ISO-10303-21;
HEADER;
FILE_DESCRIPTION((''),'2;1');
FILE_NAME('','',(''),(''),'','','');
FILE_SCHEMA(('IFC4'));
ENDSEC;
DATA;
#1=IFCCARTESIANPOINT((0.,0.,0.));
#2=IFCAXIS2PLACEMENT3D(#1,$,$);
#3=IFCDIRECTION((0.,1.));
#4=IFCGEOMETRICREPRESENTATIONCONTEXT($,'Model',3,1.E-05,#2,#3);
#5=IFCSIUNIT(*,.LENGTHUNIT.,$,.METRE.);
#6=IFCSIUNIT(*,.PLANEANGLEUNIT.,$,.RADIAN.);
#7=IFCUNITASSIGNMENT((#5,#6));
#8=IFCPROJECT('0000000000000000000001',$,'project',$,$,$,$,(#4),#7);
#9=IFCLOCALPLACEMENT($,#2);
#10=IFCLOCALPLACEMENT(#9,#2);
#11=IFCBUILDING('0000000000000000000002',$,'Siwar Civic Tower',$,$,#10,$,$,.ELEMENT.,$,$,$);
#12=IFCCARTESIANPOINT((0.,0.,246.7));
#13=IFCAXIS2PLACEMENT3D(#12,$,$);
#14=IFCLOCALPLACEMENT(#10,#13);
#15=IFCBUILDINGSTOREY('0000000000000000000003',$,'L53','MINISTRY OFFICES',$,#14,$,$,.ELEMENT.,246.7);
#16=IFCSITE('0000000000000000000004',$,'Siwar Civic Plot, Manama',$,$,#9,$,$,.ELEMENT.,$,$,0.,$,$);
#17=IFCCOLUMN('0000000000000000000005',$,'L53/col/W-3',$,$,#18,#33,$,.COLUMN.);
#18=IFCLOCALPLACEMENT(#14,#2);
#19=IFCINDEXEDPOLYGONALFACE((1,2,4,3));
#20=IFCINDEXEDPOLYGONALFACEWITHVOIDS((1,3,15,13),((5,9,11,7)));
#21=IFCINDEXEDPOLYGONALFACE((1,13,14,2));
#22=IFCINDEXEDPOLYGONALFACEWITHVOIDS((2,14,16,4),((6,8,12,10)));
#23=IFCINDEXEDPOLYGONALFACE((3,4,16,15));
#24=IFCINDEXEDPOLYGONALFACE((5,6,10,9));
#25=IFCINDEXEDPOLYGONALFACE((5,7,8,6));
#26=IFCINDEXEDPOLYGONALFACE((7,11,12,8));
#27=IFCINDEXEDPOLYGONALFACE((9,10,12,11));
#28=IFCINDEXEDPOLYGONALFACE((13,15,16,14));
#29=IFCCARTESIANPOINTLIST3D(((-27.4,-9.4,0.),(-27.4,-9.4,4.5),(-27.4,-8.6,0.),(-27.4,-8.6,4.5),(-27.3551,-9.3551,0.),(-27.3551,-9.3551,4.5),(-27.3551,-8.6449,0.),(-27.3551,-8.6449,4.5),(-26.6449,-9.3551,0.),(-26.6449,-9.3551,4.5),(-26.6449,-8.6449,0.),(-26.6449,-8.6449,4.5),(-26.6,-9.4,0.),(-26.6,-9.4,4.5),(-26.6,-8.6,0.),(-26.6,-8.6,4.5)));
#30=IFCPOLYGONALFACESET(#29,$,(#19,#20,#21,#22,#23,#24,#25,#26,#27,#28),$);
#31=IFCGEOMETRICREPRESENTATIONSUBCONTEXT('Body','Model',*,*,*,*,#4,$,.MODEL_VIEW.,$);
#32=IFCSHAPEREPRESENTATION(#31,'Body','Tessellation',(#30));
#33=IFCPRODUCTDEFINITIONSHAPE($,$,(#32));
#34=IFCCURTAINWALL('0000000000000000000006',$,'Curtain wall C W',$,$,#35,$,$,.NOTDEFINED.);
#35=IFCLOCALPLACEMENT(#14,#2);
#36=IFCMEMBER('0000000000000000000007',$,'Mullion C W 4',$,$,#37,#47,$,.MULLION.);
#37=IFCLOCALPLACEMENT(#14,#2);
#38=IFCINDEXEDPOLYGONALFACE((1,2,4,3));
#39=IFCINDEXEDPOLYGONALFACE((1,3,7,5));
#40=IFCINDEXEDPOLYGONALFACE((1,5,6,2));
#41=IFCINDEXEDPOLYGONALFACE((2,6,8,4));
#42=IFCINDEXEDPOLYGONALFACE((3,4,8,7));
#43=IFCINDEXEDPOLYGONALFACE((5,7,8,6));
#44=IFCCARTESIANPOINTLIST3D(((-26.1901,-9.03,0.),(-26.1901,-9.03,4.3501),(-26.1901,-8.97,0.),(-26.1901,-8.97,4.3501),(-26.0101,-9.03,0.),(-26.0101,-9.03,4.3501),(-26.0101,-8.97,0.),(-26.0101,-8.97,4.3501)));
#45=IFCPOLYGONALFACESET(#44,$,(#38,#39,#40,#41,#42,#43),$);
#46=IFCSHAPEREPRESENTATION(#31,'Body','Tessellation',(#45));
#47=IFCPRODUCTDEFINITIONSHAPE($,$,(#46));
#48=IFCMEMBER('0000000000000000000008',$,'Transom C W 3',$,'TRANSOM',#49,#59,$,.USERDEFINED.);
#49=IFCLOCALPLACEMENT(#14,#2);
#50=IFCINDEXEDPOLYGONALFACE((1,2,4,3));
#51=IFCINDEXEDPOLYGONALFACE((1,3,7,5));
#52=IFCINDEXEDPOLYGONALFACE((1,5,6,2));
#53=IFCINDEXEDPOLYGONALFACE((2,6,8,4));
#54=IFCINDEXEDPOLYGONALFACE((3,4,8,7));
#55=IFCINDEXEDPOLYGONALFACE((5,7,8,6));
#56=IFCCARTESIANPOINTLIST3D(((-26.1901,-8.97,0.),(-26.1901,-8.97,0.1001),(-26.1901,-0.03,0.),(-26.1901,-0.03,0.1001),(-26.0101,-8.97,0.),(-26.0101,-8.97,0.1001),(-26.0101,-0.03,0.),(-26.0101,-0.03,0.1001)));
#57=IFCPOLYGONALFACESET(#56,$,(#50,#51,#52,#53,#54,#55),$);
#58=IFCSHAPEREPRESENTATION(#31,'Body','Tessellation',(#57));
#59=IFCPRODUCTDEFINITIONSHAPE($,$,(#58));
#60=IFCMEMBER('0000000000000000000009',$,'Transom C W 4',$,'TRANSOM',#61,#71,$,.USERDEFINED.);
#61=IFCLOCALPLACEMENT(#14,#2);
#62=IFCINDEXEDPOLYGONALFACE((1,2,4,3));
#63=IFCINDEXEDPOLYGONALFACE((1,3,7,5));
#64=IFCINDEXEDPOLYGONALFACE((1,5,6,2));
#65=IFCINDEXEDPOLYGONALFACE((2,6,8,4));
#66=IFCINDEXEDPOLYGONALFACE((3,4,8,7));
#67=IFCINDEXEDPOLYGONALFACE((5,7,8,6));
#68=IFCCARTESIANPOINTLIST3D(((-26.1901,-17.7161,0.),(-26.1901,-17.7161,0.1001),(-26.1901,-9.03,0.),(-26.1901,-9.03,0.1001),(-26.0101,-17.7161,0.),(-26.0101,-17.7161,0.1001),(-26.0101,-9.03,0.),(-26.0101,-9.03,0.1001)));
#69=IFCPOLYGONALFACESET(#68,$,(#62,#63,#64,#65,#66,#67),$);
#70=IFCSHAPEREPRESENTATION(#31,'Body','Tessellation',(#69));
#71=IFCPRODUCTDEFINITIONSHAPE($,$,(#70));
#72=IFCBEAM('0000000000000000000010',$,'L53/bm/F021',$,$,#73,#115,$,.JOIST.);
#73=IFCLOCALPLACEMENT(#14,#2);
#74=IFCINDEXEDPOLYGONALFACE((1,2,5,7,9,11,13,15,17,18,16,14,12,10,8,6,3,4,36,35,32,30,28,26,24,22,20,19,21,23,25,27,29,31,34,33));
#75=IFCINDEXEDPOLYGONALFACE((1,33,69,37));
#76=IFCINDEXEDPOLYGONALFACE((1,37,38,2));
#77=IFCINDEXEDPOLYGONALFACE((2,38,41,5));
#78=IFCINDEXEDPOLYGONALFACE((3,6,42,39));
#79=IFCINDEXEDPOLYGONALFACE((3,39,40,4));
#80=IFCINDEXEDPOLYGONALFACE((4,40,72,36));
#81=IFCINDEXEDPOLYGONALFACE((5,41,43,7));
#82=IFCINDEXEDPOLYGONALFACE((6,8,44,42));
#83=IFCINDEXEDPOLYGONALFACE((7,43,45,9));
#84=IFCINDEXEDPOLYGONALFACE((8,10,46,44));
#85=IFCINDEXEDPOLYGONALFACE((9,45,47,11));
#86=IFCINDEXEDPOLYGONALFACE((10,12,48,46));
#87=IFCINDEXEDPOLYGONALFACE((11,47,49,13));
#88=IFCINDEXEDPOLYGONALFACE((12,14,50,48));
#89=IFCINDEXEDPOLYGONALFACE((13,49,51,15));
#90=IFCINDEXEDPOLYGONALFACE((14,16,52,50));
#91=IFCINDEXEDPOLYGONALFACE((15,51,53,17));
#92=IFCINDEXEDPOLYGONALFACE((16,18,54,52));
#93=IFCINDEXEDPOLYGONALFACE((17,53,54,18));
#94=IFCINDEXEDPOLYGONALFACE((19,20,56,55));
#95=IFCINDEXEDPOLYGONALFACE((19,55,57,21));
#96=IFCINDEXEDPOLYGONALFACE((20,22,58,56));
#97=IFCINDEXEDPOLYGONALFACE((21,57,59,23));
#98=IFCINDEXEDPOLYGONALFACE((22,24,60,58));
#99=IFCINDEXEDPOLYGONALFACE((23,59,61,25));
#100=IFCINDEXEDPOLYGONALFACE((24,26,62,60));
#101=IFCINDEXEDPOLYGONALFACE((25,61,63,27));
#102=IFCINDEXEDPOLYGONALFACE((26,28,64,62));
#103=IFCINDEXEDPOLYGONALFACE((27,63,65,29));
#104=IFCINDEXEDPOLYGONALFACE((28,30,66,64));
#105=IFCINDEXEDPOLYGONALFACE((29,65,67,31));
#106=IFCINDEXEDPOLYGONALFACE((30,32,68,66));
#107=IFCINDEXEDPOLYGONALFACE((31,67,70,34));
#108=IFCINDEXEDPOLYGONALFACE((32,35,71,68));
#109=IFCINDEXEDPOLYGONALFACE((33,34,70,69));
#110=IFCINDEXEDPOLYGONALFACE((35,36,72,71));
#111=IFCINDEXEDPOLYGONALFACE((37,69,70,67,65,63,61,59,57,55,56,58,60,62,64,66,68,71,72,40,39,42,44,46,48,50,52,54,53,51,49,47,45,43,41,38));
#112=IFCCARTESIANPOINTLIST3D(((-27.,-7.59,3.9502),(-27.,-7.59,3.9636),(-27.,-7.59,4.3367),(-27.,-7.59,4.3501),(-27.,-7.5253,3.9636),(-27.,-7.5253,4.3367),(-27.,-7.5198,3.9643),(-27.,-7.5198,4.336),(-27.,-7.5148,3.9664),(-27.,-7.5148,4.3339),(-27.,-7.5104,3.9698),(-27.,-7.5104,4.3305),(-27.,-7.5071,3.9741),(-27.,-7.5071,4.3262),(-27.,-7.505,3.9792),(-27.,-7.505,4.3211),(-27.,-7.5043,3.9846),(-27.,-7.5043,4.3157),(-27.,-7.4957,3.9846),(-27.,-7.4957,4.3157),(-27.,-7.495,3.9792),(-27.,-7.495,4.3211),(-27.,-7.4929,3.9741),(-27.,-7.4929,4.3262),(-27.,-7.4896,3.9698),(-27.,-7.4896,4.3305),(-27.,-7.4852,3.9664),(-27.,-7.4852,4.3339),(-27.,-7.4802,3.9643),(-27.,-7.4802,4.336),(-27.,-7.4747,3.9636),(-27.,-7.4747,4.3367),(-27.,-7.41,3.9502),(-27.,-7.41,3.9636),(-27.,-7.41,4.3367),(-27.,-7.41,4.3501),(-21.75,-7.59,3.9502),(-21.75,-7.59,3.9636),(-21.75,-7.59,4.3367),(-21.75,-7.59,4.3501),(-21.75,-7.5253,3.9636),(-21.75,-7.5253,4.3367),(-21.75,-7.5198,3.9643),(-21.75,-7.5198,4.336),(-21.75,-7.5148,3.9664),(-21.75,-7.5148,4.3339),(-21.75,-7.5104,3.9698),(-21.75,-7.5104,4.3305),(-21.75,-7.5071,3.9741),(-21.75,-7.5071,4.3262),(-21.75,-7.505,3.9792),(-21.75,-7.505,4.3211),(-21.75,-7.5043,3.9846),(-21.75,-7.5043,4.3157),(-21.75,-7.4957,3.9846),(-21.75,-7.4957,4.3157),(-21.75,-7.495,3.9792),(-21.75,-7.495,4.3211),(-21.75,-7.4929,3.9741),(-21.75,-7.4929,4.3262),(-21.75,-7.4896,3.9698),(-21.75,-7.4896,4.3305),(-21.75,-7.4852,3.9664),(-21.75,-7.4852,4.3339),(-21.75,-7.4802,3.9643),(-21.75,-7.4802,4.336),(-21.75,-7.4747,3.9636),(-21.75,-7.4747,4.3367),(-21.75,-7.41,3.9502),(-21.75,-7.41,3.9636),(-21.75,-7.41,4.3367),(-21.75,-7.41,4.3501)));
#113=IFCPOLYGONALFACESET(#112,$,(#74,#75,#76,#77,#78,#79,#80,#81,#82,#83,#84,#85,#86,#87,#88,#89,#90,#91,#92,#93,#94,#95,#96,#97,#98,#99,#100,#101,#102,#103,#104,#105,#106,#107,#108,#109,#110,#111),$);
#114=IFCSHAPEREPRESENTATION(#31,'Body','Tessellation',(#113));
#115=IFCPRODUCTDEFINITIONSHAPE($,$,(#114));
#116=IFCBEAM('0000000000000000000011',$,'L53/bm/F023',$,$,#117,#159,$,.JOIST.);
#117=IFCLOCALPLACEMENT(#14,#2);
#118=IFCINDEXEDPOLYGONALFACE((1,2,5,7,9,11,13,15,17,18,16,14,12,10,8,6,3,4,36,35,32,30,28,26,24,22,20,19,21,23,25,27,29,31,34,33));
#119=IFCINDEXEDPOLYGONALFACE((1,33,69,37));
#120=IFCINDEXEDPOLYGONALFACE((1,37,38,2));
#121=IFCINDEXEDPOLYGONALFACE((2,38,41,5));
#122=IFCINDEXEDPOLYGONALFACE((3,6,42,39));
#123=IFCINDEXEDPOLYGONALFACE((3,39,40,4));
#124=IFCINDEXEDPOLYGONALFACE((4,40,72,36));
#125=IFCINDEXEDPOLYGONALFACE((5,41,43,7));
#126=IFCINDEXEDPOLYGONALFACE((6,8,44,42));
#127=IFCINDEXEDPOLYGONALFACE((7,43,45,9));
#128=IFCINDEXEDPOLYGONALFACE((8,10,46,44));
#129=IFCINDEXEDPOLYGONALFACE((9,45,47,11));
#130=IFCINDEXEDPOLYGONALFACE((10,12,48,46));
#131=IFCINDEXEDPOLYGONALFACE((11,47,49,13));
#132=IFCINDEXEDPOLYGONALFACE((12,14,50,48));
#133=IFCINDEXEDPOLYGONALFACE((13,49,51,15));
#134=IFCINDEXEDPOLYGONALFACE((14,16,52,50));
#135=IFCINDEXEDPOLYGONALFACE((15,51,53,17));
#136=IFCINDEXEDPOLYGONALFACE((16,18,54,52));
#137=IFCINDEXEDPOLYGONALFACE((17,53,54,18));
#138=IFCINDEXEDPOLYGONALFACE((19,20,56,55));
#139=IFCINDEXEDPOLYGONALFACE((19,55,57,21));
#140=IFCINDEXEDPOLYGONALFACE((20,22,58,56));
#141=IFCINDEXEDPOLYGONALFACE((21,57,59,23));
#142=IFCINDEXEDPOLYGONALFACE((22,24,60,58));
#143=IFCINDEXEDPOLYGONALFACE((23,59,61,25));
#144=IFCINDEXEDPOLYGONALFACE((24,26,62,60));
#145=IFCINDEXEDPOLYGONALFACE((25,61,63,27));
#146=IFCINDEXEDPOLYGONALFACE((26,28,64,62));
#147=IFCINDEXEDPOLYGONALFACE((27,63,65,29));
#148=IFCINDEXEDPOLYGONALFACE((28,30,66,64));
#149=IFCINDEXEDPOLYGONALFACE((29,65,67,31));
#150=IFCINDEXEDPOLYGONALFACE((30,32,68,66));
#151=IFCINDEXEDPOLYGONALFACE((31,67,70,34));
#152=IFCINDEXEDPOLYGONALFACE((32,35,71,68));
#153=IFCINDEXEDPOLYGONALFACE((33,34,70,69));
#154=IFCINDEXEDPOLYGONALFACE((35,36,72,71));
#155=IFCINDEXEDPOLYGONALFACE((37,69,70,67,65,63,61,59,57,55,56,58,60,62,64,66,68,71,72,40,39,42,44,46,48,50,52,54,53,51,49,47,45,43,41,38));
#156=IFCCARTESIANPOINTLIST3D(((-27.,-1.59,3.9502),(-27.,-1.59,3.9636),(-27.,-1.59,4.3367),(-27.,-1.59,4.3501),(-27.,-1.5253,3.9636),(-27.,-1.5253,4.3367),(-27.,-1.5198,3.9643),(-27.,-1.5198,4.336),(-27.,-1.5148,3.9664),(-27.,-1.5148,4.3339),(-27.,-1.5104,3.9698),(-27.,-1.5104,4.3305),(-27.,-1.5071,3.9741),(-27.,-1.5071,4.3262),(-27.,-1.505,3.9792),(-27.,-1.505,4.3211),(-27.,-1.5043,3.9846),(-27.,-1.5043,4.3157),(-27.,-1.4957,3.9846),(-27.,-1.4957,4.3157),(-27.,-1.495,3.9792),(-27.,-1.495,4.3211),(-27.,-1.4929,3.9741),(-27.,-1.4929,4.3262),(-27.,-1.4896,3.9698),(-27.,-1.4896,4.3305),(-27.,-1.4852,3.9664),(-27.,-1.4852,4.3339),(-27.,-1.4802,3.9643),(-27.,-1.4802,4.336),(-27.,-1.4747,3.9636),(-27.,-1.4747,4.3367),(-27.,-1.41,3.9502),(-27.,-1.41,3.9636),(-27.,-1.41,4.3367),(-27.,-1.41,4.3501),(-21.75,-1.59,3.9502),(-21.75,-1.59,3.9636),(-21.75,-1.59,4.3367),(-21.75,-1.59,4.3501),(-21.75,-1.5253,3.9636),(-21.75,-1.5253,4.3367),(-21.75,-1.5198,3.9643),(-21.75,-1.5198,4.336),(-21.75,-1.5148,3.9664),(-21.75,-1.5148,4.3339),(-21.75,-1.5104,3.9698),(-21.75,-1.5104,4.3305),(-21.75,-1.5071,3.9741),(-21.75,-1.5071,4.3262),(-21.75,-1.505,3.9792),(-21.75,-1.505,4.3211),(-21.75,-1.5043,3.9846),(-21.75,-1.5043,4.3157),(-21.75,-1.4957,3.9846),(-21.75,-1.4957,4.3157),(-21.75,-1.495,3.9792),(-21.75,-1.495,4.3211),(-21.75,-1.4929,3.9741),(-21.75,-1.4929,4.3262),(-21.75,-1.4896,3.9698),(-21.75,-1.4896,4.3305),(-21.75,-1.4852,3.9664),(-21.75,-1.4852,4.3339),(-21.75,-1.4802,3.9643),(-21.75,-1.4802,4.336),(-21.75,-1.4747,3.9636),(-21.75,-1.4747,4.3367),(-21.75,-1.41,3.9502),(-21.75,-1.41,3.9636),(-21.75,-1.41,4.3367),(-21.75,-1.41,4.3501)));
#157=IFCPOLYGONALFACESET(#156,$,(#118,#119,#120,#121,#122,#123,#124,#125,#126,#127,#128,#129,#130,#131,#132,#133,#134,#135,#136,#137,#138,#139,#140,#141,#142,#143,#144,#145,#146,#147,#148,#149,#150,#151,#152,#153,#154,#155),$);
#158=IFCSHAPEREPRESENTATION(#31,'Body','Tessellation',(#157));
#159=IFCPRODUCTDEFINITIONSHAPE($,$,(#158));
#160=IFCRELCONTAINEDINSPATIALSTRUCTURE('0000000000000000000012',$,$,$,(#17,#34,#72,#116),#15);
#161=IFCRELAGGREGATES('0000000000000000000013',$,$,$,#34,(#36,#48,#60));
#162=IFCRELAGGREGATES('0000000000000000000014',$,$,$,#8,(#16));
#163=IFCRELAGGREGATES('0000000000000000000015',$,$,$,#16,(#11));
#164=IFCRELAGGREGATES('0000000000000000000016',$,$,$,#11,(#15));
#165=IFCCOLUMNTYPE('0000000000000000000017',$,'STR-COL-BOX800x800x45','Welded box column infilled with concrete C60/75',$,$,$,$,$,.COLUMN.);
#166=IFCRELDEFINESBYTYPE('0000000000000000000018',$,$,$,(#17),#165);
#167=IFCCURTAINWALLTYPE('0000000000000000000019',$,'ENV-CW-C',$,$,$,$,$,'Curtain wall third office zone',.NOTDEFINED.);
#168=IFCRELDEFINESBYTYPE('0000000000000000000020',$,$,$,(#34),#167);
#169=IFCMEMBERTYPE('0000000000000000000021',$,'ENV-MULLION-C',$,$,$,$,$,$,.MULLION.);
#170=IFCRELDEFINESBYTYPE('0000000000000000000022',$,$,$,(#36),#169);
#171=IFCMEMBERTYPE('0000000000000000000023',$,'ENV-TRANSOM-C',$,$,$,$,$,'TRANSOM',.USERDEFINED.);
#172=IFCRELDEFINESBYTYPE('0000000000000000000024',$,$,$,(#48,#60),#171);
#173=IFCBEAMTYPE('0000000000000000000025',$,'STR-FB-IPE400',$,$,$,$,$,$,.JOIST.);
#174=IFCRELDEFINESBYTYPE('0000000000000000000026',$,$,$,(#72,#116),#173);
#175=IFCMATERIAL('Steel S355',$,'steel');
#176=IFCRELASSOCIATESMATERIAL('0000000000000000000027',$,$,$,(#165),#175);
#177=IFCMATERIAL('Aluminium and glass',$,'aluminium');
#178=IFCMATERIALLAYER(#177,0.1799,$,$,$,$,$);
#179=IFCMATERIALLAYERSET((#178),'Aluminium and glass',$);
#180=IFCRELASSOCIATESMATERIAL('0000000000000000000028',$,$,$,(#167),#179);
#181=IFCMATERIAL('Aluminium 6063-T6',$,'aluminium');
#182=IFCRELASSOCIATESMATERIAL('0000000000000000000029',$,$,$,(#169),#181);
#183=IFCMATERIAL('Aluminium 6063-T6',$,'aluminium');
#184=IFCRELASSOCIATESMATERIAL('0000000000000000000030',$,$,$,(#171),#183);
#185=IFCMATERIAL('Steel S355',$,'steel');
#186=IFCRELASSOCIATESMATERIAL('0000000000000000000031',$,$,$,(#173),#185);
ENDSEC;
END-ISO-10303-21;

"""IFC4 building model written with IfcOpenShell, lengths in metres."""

from ifc_helpers import new_model, si_unit, direction, frame, origin, origin_2d, place, context, subcontext, project, spatial, rectangle, hollow_rectangle, i_section, extrude, material, layer, layer_set, material_profile, profile_set, type_object, element, aggregate, save


model = new_model("IFC4")

# Units and contexts
model_context = context("Model", 3, precision=1e-05, world=origin(), true_north=direction((0.0, 1.0)))
body_context = subcontext(model_context, "Body", "Model", "MODEL_VIEW")
ifc_project = project(units=[si_unit("LENGTHUNIT", "METRE"), si_unit("PLANEANGLEUNIT", "RADIAN")], contexts=[model_context])

# Site, building, storey
site_placement = place(None, origin())
site = spatial("IfcSite", under=ifc_project, at=site_placement, Name="Siwar Civic Plot, Manama", CompositionType="ELEMENT", RefElevation=0.0)
building_placement = place(site_placement, origin())
building = spatial("IfcBuilding", under=site, at=building_placement, Name="Siwar Civic Tower", CompositionType="ELEMENT")
storey_placement = place(building_placement, frame((0.0, 0.0, 246.7)))
storey = spatial("IfcBuildingStorey", under=building, at=storey_placement, Name="L53", Description="MINISTRY OFFICES", CompositionType="ELEMENT", Elevation=246.7)

# Column
ifc_material_1 = material(Name="Steel S355", Category="steel")
ifc_material_profile_1 = material_profile(ifc_material_1, hollow_rectangle(XDim=0.8, YDim=0.8, WallThickness=0.0449, at=origin_2d()), Name="BOX800x800x45")
ifc_profile_set_1 = profile_set([ifc_material_profile_1], Name="Steel S355")
column_type = type_object("IfcColumnType", Name="STR-COL-BOX800x800x45", Description="Welded box column infilled with concrete C60/75", PredefinedType="COLUMN", material=ifc_profile_set_1)
column_placement = place(storey_placement, frame((-27.0, -9.0, 0.0), z_axis=(0.0, 0.0, 1.0), x_axis=(1.0, 0.0, 0.0)))
element("IfcColumn", 1, at=column_placement, inside=storey, type_object=column_type, Name="L53/col/W-3", PredefinedType="COLUMN", context=body_context, shape_type="SweptSolid", body=[
    extrude(hollow_rectangle(XDim=0.8, YDim=0.8, WallThickness=0.0449, at=origin_2d()), origin(), (0.0, 0.0, 1.0), 4.5),
])

# Curtain wall, members
ifc_material_2 = material(Name="Aluminium and glass", Category="aluminium")
ifc_layer_1 = layer(ifc_material_2, 0.1799)
ifc_layer_set_1 = layer_set([ifc_layer_1], Name="Aluminium and glass")
curtain_wall_type = type_object("IfcCurtainWallType", Name="ENV-CW-C", ElementType="Curtain wall third office zone", PredefinedType="NOTDEFINED", material=ifc_layer_set_1)
curtain_wall_placement = place(storey_placement, origin())
curtain_wall = element("IfcCurtainWall", 2, at=curtain_wall_placement, inside=storey, type_object=curtain_wall_type, Name="Curtain wall C W", PredefinedType="NOTDEFINED")
ifc_material_3 = material(Name="Aluminium 6063-T6", Category="aluminium")
ifc_material_profile_2 = material_profile(ifc_material_3, rectangle(XDim=0.1799, YDim=0.0601, at=origin_2d()), Name="AL 180x60")
ifc_profile_set_2 = profile_set([ifc_material_profile_2], Name="Aluminium 6063-T6")
member_type_1 = type_object("IfcMemberType", Name="ENV-MULLION-C", PredefinedType="MULLION", material=ifc_profile_set_2)
member_1_placement = place(storey_placement, frame((-26.1001, -9.0, 0.0), z_axis=(0.0, 0.0, 1.0), x_axis=(1.0, 0.0, 0.0)))
member_1 = element("IfcMember", 3, at=member_1_placement, type_object=member_type_1, Name="Mullion C W 4", PredefinedType="MULLION", context=body_context, shape_type="SweptSolid", body=[
    extrude(rectangle(XDim=0.1799, YDim=0.0601, at=origin_2d()), origin(), (0.0, 0.0, 1.0), 4.3501),
])
ifc_material_4 = material(Name="Aluminium 6063-T6", Category="aluminium")
ifc_material_profile_3 = material_profile(ifc_material_4, rectangle(XDim=0.1799, YDim=0.1001, at=origin_2d()), Name="AL 180x100")
ifc_profile_set_3 = profile_set([ifc_material_profile_3], Name="Aluminium 6063-T6")
member_type_2 = type_object("IfcMemberType", Name="ENV-TRANSOM-C", ElementType="TRANSOM", PredefinedType="USERDEFINED", material=ifc_profile_set_3)
member_2_placement = place(storey_placement, frame((-26.1001, -0.03, 0.05), z_axis=(0.0, -1.0, 0.0), x_axis=(1.0, 0.0, 0.0)))
member_2 = element("IfcMember", 4, at=member_2_placement, type_object=member_type_2, Name="Transom C W 3", ObjectType="TRANSOM", PredefinedType="USERDEFINED", context=body_context, shape_type="SweptSolid", body=[
    extrude(rectangle(XDim=0.1799, YDim=0.1001, at=origin_2d()), origin(), (0.0, 0.0, 1.0), 8.9399),
])
member_3_placement = place(storey_placement, frame((-26.1001, -9.03, 0.05), z_axis=(0.0, -1.0, 0.0), x_axis=(1.0, 0.0, 0.0)))
member_3 = element("IfcMember", 5, at=member_3_placement, type_object=member_type_2, Name="Transom C W 4", ObjectType="TRANSOM", PredefinedType="USERDEFINED", context=body_context, shape_type="SweptSolid", body=[
    extrude(rectangle(XDim=0.1799, YDim=0.1001, at=origin_2d()), origin(), (0.0, 0.0, 1.0), 8.686),
])

# Beams
ifc_material_5 = material(Name="Steel S355", Category="steel")
ifc_material_profile_4 = material_profile(ifc_material_5, i_section(OverallWidth=0.1799, OverallDepth=0.3999, WebThickness=0.0085, FlangeThickness=0.0134, FilletRadius=0.021, at=origin_2d()), Name="IPE400")
ifc_profile_set_4 = profile_set([ifc_material_profile_4], Name="Steel S355")
beam_type_1 = type_object("IfcBeamType", Name="STR-FB-IPE400", PredefinedType="JOIST", material=ifc_profile_set_4)
for number, where, z_axis, x_axis, name in (
    (6, (-27.0, -7.5, 4.1501), (1.0, 0.0, 0.0), (0.0, 1.0, 0.0), "L53/bm/F021"),
    (7, (-27.0, -1.5, 4.1501), (1.0, 0.0, 0.0), (0.0, 1.0, 0.0), "L53/bm/F023"),
):
    element("IfcBeam", number, at=place(storey_placement, frame(where, z_axis=z_axis, x_axis=x_axis)), inside=storey, type_object=beam_type_1, Name=name, PredefinedType="JOIST", context=body_context, shape_type="SweptSolid", body=[
        extrude(i_section(OverallWidth=0.1799, OverallDepth=0.3999, WebThickness=0.0085, FlangeThickness=0.0134, FilletRadius=0.021, at=origin_2d()), origin(), (0.0, 0.0, 1.0), 5.25),
    ])

aggregate(curtain_wall, [member_1, member_2, member_3])

save(model, "model.ifc")
